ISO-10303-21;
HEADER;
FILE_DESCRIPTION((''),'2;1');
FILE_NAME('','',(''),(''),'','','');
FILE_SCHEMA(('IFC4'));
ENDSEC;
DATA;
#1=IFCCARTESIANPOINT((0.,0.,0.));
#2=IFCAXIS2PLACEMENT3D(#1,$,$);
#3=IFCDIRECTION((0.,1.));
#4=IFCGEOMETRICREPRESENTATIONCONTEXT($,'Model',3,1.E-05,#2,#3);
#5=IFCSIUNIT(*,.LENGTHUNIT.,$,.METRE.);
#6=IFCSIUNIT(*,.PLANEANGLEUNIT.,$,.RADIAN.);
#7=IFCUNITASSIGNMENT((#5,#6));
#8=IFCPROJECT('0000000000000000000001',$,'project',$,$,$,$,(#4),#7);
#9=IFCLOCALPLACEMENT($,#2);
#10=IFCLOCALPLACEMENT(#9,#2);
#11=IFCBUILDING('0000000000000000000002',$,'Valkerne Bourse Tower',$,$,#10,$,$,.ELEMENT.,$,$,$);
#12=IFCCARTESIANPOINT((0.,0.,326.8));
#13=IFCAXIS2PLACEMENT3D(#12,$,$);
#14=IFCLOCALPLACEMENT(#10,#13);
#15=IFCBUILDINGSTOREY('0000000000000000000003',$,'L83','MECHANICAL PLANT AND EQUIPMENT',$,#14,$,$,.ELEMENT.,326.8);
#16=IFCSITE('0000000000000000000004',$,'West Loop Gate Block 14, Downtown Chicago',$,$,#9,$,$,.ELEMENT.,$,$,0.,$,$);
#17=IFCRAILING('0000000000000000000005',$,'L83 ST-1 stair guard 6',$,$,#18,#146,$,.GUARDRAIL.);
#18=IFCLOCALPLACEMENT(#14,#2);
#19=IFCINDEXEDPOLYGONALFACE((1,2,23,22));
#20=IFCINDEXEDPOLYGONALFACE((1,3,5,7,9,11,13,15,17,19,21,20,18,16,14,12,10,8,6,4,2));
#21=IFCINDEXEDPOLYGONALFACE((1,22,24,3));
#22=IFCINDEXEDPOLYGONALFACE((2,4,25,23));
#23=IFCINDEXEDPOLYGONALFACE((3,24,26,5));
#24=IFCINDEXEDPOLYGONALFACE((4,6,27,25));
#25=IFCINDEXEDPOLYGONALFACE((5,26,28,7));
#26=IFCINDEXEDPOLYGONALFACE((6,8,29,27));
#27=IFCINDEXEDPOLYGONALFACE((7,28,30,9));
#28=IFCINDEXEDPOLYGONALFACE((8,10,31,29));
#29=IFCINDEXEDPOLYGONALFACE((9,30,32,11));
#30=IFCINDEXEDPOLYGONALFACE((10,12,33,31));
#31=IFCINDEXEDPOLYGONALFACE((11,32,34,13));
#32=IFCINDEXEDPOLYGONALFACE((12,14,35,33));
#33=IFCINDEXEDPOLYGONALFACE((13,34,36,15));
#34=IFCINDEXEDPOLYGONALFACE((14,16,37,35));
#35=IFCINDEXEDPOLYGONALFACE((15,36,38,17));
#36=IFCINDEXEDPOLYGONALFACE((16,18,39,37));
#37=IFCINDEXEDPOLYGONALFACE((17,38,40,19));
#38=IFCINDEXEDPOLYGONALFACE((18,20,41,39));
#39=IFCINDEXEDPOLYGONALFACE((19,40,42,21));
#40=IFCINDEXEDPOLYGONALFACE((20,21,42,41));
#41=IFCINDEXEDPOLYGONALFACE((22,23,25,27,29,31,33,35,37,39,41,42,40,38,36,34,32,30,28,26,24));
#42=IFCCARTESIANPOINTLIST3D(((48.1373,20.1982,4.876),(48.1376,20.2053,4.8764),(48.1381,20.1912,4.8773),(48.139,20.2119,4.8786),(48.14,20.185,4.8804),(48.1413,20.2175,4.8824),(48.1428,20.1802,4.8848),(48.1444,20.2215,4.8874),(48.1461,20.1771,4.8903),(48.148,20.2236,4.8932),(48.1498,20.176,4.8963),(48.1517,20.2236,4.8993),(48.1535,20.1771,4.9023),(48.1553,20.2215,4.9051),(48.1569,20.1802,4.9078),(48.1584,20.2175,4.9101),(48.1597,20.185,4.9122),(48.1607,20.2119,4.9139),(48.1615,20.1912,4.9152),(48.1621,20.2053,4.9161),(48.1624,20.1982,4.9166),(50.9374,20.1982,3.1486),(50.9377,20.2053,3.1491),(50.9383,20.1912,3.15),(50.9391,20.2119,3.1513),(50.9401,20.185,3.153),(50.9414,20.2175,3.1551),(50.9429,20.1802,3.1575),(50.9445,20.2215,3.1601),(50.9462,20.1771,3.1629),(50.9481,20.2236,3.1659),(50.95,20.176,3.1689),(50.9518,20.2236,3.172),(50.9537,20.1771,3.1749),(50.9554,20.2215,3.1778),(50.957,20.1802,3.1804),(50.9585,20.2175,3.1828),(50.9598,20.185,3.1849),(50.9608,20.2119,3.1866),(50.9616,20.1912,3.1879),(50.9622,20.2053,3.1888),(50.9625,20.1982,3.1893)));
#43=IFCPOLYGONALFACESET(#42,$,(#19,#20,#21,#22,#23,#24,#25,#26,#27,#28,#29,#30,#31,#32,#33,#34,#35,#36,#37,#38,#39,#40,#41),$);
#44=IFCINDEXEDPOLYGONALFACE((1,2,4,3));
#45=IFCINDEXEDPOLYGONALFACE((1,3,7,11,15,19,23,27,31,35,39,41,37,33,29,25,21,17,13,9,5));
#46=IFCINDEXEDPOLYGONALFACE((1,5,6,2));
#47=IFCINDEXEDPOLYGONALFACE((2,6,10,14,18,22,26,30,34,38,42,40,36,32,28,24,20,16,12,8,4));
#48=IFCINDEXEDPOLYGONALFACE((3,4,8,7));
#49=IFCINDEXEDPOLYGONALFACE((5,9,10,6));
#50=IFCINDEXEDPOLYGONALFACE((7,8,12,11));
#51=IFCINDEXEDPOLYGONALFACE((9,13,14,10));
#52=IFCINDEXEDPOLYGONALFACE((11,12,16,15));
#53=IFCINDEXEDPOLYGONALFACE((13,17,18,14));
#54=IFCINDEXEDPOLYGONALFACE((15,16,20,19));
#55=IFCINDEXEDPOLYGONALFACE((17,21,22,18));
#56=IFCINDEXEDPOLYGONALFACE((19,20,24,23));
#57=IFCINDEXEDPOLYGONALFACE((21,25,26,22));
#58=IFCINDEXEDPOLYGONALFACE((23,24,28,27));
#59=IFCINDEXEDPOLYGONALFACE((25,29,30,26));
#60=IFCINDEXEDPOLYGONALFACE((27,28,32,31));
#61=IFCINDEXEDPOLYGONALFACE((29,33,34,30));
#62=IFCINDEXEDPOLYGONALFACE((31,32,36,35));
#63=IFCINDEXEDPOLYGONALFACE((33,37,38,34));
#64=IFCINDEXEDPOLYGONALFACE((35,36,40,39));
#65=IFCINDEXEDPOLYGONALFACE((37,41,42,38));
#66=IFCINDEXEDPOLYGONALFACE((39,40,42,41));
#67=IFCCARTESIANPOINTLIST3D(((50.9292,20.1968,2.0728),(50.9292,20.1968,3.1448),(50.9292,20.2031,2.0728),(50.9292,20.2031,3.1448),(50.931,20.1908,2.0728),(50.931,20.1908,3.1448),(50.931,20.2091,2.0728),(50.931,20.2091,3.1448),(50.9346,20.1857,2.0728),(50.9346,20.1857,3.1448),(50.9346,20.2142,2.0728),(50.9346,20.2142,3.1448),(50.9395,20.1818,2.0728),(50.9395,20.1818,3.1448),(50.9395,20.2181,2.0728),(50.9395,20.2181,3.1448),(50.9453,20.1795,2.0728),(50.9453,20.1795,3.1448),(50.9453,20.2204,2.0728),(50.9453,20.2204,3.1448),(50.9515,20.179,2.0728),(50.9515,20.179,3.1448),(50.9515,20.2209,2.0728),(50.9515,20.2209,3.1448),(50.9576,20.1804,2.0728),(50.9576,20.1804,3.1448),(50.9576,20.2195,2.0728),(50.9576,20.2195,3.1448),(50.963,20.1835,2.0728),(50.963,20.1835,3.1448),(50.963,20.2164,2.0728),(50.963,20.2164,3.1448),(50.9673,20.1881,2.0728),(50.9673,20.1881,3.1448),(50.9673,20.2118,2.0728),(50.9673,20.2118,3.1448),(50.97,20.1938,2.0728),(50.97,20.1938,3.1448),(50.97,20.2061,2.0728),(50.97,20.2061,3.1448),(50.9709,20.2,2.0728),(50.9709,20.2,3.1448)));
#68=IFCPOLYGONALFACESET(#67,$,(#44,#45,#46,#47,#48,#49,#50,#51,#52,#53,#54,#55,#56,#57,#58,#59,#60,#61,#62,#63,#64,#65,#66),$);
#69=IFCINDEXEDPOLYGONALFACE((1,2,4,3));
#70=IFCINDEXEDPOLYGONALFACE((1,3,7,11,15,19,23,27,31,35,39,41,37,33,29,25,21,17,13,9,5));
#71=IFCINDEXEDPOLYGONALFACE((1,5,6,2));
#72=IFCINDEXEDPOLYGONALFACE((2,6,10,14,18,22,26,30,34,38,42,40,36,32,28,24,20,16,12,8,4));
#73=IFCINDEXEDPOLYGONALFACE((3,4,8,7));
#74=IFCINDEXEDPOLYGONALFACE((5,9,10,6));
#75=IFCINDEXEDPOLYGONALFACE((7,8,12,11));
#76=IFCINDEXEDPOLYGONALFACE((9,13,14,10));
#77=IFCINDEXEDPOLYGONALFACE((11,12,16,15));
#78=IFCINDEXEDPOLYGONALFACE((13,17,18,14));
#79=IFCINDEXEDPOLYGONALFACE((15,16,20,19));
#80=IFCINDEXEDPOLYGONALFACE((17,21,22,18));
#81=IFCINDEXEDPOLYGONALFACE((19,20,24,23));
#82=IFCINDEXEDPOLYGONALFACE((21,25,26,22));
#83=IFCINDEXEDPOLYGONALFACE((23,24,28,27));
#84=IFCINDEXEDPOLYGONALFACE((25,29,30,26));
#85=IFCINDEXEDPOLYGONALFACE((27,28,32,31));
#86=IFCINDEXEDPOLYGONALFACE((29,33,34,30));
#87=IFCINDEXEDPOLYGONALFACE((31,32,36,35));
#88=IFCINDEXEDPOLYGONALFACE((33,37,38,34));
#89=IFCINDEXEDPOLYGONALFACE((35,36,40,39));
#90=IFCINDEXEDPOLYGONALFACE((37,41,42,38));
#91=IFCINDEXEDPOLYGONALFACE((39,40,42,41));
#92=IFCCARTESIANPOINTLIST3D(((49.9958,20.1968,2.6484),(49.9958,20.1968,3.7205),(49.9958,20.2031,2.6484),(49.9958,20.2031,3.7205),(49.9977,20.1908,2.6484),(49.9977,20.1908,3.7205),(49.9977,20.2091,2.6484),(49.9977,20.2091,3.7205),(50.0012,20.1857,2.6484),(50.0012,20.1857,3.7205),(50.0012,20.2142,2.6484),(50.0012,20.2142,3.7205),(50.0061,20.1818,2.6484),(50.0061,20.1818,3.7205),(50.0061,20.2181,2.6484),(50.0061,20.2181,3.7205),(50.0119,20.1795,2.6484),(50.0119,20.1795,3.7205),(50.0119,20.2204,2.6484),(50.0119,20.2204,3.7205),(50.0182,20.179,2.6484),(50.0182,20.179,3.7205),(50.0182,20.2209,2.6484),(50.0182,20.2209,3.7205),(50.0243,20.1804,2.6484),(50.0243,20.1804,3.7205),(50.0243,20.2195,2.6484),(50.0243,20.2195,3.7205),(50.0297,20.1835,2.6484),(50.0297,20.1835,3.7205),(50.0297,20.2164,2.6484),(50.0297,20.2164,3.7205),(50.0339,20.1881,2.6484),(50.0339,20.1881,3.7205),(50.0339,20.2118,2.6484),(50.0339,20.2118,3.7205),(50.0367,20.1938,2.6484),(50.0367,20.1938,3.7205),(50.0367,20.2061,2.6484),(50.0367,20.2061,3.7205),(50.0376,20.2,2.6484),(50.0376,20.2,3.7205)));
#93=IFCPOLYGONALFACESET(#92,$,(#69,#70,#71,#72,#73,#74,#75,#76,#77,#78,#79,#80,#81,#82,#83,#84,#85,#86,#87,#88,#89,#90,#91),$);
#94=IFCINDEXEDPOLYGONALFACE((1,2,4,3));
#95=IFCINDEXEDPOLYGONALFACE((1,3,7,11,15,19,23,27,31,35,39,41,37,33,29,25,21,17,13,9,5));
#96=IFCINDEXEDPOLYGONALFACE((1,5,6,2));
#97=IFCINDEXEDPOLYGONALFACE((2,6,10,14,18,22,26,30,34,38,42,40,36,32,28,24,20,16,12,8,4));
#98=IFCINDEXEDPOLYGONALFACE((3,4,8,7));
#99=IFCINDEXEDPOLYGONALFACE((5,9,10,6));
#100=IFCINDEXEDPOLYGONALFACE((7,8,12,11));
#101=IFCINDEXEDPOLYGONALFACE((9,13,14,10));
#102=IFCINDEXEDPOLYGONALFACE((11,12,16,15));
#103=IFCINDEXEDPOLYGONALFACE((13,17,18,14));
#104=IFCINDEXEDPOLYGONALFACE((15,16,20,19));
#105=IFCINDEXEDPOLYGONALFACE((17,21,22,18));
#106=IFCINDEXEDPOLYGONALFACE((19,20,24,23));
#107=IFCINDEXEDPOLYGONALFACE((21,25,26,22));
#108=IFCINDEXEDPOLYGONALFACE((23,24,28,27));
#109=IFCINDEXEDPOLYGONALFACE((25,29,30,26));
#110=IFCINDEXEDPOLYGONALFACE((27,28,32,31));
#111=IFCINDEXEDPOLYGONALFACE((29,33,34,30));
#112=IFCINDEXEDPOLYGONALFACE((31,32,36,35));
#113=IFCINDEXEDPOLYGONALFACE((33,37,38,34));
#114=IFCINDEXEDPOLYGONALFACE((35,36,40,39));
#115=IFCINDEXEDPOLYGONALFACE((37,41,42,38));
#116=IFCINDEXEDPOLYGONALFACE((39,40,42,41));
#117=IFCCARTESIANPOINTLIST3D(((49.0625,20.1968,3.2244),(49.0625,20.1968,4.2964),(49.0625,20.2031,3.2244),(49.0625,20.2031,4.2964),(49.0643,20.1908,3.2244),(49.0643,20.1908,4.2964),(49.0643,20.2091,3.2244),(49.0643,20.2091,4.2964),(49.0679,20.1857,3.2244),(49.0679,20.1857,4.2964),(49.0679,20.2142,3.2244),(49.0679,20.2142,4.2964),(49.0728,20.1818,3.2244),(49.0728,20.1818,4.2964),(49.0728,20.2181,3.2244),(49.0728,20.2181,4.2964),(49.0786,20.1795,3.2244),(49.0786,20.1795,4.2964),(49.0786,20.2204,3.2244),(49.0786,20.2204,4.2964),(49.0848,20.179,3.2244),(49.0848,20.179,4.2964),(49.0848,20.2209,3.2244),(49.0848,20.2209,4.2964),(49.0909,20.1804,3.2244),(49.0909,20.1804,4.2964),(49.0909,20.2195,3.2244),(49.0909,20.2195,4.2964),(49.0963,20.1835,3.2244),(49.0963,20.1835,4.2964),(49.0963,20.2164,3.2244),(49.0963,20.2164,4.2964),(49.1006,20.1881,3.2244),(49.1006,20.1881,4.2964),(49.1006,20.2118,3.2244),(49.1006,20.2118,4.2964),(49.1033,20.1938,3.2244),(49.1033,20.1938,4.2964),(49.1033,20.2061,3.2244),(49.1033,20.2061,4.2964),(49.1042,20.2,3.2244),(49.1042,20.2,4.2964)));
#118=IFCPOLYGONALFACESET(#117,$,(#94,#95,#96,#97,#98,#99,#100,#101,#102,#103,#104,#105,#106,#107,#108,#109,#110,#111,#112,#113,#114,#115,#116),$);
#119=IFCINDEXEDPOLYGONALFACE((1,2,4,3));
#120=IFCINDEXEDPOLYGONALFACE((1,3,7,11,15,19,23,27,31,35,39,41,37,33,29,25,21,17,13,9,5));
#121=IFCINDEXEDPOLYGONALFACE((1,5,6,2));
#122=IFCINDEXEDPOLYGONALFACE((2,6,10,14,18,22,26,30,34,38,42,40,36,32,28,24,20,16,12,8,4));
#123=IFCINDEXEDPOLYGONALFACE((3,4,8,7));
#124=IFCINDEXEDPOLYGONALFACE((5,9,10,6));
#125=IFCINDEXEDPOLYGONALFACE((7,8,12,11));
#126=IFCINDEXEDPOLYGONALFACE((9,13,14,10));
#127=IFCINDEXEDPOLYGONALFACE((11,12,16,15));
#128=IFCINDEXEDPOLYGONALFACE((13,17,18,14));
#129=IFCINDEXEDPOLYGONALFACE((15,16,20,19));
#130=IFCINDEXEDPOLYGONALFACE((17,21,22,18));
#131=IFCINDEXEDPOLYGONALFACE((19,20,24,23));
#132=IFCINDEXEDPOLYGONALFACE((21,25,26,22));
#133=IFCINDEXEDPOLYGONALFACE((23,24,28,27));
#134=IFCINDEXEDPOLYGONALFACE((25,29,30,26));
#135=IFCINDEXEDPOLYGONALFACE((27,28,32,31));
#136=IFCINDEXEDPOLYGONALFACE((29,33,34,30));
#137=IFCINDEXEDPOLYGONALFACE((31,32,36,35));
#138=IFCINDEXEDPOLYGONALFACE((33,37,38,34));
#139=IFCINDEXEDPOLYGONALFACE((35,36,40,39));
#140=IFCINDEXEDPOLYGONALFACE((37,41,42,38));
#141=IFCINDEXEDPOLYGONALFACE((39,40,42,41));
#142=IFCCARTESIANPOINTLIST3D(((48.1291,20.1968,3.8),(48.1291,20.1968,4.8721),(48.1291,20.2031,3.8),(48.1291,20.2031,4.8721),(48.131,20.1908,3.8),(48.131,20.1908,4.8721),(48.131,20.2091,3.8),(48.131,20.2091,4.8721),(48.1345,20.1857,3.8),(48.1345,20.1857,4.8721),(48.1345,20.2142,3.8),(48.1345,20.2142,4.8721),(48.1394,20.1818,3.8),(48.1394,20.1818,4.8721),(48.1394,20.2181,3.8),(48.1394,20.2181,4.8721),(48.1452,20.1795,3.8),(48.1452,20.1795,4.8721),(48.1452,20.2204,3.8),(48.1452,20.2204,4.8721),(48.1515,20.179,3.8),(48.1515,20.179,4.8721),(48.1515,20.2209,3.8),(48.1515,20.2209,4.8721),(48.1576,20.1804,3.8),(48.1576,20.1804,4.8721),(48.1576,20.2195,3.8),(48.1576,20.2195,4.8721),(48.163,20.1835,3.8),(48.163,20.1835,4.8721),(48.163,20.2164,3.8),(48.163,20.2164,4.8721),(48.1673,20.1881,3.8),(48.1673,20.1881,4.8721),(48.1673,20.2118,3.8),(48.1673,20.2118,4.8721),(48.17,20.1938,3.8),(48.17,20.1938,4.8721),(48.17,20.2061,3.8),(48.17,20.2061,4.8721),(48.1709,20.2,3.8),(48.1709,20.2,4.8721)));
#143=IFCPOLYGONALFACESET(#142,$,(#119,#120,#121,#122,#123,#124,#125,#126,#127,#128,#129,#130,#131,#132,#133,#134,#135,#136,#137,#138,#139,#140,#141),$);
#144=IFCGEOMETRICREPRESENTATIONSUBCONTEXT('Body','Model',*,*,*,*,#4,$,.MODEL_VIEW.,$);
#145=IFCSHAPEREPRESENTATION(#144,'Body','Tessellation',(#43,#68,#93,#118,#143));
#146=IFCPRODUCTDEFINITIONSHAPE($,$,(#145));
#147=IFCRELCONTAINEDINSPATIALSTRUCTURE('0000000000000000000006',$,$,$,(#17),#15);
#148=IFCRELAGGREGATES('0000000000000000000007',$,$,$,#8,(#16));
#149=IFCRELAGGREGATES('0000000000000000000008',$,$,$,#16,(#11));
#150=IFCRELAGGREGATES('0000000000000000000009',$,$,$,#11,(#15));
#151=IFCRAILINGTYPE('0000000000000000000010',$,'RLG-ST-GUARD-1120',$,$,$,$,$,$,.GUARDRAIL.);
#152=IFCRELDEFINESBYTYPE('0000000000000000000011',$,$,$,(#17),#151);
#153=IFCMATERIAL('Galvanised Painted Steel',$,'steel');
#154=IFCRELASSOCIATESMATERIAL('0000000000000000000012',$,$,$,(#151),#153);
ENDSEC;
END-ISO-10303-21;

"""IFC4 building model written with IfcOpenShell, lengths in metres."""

from ifc_helpers import new_model, si_unit, direction, frame, origin, origin_2d, place, context, subcontext, project, spatial, circle, extrude, material, type_object, element, save


model = new_model("IFC4")

# Units and contexts
model_context = context("Model", 3, precision=1e-05, world=origin(), true_north=direction((0.0, 1.0)))
body_context = subcontext(model_context, "Body", "Model", "MODEL_VIEW")
ifc_project = project(units=[si_unit("LENGTHUNIT", "METRE"), si_unit("PLANEANGLEUNIT", "RADIAN")], contexts=[model_context])

# Site, building, storey
site_placement = place(None, origin())
site = spatial("IfcSite", under=ifc_project, at=site_placement, Name="West Loop Gate Block 14, Downtown Chicago", CompositionType="ELEMENT", RefElevation=0.0)
building_placement = place(site_placement, origin())
building = spatial("IfcBuilding", under=site, at=building_placement, Name="Valkerne Bourse Tower", CompositionType="ELEMENT")
storey_placement = place(building_placement, frame((0.0, 0.0, 326.8)))
storey = spatial("IfcBuildingStorey", under=building, at=storey_placement, Name="L83", Description="MECHANICAL PLANT AND EQUIPMENT", CompositionType="ELEMENT", Elevation=326.8)

# Railing
ifc_material_1 = material(Name="Galvanised Painted Steel", Category="steel")
railing_type_1 = type_object("IfcRailingType", Name="RLG-ST-GUARD-1120", PredefinedType="GUARDRAIL", material=ifc_material_1)
railing_1_placement = place(storey_placement, frame((50.95, 20.2, 2.0728)))
element("IfcRailing", 1, at=railing_1_placement, inside=storey, type_object=railing_type_1, Name="L83 ST-1 stair guard 6", PredefinedType="GUARDRAIL", context=body_context, shape_type="SweptSolid", body=[
    extrude(circle(Radius=0.0239, at=origin_2d()), frame((0.0, 0.0, 1.0962), z_axis=(-0.85109, 0.0, 0.52502), x_axis=(0.0, -1.0, 0.0)), (0.0, 0.0, 1.0), 3.29),
    extrude(circle(Radius=0.021, at=origin_2d()), origin(), (0.0, 0.0, 1.0), 1.072),
    extrude(circle(Radius=0.021, at=origin_2d()), frame((-0.9333, 0.0, 0.5757)), (0.0, 0.0, 1.0), 1.072),
    extrude(circle(Radius=0.021, at=origin_2d()), frame((-1.8667, 0.0, 1.1516)), (0.0, 0.0, 1.0), 1.072),
    extrude(circle(Radius=0.021, at=origin_2d()), frame((-2.8, 0.0, 1.7273)), (0.0, 0.0, 1.0), 1.072),
])

save(model, "model.ifc")
